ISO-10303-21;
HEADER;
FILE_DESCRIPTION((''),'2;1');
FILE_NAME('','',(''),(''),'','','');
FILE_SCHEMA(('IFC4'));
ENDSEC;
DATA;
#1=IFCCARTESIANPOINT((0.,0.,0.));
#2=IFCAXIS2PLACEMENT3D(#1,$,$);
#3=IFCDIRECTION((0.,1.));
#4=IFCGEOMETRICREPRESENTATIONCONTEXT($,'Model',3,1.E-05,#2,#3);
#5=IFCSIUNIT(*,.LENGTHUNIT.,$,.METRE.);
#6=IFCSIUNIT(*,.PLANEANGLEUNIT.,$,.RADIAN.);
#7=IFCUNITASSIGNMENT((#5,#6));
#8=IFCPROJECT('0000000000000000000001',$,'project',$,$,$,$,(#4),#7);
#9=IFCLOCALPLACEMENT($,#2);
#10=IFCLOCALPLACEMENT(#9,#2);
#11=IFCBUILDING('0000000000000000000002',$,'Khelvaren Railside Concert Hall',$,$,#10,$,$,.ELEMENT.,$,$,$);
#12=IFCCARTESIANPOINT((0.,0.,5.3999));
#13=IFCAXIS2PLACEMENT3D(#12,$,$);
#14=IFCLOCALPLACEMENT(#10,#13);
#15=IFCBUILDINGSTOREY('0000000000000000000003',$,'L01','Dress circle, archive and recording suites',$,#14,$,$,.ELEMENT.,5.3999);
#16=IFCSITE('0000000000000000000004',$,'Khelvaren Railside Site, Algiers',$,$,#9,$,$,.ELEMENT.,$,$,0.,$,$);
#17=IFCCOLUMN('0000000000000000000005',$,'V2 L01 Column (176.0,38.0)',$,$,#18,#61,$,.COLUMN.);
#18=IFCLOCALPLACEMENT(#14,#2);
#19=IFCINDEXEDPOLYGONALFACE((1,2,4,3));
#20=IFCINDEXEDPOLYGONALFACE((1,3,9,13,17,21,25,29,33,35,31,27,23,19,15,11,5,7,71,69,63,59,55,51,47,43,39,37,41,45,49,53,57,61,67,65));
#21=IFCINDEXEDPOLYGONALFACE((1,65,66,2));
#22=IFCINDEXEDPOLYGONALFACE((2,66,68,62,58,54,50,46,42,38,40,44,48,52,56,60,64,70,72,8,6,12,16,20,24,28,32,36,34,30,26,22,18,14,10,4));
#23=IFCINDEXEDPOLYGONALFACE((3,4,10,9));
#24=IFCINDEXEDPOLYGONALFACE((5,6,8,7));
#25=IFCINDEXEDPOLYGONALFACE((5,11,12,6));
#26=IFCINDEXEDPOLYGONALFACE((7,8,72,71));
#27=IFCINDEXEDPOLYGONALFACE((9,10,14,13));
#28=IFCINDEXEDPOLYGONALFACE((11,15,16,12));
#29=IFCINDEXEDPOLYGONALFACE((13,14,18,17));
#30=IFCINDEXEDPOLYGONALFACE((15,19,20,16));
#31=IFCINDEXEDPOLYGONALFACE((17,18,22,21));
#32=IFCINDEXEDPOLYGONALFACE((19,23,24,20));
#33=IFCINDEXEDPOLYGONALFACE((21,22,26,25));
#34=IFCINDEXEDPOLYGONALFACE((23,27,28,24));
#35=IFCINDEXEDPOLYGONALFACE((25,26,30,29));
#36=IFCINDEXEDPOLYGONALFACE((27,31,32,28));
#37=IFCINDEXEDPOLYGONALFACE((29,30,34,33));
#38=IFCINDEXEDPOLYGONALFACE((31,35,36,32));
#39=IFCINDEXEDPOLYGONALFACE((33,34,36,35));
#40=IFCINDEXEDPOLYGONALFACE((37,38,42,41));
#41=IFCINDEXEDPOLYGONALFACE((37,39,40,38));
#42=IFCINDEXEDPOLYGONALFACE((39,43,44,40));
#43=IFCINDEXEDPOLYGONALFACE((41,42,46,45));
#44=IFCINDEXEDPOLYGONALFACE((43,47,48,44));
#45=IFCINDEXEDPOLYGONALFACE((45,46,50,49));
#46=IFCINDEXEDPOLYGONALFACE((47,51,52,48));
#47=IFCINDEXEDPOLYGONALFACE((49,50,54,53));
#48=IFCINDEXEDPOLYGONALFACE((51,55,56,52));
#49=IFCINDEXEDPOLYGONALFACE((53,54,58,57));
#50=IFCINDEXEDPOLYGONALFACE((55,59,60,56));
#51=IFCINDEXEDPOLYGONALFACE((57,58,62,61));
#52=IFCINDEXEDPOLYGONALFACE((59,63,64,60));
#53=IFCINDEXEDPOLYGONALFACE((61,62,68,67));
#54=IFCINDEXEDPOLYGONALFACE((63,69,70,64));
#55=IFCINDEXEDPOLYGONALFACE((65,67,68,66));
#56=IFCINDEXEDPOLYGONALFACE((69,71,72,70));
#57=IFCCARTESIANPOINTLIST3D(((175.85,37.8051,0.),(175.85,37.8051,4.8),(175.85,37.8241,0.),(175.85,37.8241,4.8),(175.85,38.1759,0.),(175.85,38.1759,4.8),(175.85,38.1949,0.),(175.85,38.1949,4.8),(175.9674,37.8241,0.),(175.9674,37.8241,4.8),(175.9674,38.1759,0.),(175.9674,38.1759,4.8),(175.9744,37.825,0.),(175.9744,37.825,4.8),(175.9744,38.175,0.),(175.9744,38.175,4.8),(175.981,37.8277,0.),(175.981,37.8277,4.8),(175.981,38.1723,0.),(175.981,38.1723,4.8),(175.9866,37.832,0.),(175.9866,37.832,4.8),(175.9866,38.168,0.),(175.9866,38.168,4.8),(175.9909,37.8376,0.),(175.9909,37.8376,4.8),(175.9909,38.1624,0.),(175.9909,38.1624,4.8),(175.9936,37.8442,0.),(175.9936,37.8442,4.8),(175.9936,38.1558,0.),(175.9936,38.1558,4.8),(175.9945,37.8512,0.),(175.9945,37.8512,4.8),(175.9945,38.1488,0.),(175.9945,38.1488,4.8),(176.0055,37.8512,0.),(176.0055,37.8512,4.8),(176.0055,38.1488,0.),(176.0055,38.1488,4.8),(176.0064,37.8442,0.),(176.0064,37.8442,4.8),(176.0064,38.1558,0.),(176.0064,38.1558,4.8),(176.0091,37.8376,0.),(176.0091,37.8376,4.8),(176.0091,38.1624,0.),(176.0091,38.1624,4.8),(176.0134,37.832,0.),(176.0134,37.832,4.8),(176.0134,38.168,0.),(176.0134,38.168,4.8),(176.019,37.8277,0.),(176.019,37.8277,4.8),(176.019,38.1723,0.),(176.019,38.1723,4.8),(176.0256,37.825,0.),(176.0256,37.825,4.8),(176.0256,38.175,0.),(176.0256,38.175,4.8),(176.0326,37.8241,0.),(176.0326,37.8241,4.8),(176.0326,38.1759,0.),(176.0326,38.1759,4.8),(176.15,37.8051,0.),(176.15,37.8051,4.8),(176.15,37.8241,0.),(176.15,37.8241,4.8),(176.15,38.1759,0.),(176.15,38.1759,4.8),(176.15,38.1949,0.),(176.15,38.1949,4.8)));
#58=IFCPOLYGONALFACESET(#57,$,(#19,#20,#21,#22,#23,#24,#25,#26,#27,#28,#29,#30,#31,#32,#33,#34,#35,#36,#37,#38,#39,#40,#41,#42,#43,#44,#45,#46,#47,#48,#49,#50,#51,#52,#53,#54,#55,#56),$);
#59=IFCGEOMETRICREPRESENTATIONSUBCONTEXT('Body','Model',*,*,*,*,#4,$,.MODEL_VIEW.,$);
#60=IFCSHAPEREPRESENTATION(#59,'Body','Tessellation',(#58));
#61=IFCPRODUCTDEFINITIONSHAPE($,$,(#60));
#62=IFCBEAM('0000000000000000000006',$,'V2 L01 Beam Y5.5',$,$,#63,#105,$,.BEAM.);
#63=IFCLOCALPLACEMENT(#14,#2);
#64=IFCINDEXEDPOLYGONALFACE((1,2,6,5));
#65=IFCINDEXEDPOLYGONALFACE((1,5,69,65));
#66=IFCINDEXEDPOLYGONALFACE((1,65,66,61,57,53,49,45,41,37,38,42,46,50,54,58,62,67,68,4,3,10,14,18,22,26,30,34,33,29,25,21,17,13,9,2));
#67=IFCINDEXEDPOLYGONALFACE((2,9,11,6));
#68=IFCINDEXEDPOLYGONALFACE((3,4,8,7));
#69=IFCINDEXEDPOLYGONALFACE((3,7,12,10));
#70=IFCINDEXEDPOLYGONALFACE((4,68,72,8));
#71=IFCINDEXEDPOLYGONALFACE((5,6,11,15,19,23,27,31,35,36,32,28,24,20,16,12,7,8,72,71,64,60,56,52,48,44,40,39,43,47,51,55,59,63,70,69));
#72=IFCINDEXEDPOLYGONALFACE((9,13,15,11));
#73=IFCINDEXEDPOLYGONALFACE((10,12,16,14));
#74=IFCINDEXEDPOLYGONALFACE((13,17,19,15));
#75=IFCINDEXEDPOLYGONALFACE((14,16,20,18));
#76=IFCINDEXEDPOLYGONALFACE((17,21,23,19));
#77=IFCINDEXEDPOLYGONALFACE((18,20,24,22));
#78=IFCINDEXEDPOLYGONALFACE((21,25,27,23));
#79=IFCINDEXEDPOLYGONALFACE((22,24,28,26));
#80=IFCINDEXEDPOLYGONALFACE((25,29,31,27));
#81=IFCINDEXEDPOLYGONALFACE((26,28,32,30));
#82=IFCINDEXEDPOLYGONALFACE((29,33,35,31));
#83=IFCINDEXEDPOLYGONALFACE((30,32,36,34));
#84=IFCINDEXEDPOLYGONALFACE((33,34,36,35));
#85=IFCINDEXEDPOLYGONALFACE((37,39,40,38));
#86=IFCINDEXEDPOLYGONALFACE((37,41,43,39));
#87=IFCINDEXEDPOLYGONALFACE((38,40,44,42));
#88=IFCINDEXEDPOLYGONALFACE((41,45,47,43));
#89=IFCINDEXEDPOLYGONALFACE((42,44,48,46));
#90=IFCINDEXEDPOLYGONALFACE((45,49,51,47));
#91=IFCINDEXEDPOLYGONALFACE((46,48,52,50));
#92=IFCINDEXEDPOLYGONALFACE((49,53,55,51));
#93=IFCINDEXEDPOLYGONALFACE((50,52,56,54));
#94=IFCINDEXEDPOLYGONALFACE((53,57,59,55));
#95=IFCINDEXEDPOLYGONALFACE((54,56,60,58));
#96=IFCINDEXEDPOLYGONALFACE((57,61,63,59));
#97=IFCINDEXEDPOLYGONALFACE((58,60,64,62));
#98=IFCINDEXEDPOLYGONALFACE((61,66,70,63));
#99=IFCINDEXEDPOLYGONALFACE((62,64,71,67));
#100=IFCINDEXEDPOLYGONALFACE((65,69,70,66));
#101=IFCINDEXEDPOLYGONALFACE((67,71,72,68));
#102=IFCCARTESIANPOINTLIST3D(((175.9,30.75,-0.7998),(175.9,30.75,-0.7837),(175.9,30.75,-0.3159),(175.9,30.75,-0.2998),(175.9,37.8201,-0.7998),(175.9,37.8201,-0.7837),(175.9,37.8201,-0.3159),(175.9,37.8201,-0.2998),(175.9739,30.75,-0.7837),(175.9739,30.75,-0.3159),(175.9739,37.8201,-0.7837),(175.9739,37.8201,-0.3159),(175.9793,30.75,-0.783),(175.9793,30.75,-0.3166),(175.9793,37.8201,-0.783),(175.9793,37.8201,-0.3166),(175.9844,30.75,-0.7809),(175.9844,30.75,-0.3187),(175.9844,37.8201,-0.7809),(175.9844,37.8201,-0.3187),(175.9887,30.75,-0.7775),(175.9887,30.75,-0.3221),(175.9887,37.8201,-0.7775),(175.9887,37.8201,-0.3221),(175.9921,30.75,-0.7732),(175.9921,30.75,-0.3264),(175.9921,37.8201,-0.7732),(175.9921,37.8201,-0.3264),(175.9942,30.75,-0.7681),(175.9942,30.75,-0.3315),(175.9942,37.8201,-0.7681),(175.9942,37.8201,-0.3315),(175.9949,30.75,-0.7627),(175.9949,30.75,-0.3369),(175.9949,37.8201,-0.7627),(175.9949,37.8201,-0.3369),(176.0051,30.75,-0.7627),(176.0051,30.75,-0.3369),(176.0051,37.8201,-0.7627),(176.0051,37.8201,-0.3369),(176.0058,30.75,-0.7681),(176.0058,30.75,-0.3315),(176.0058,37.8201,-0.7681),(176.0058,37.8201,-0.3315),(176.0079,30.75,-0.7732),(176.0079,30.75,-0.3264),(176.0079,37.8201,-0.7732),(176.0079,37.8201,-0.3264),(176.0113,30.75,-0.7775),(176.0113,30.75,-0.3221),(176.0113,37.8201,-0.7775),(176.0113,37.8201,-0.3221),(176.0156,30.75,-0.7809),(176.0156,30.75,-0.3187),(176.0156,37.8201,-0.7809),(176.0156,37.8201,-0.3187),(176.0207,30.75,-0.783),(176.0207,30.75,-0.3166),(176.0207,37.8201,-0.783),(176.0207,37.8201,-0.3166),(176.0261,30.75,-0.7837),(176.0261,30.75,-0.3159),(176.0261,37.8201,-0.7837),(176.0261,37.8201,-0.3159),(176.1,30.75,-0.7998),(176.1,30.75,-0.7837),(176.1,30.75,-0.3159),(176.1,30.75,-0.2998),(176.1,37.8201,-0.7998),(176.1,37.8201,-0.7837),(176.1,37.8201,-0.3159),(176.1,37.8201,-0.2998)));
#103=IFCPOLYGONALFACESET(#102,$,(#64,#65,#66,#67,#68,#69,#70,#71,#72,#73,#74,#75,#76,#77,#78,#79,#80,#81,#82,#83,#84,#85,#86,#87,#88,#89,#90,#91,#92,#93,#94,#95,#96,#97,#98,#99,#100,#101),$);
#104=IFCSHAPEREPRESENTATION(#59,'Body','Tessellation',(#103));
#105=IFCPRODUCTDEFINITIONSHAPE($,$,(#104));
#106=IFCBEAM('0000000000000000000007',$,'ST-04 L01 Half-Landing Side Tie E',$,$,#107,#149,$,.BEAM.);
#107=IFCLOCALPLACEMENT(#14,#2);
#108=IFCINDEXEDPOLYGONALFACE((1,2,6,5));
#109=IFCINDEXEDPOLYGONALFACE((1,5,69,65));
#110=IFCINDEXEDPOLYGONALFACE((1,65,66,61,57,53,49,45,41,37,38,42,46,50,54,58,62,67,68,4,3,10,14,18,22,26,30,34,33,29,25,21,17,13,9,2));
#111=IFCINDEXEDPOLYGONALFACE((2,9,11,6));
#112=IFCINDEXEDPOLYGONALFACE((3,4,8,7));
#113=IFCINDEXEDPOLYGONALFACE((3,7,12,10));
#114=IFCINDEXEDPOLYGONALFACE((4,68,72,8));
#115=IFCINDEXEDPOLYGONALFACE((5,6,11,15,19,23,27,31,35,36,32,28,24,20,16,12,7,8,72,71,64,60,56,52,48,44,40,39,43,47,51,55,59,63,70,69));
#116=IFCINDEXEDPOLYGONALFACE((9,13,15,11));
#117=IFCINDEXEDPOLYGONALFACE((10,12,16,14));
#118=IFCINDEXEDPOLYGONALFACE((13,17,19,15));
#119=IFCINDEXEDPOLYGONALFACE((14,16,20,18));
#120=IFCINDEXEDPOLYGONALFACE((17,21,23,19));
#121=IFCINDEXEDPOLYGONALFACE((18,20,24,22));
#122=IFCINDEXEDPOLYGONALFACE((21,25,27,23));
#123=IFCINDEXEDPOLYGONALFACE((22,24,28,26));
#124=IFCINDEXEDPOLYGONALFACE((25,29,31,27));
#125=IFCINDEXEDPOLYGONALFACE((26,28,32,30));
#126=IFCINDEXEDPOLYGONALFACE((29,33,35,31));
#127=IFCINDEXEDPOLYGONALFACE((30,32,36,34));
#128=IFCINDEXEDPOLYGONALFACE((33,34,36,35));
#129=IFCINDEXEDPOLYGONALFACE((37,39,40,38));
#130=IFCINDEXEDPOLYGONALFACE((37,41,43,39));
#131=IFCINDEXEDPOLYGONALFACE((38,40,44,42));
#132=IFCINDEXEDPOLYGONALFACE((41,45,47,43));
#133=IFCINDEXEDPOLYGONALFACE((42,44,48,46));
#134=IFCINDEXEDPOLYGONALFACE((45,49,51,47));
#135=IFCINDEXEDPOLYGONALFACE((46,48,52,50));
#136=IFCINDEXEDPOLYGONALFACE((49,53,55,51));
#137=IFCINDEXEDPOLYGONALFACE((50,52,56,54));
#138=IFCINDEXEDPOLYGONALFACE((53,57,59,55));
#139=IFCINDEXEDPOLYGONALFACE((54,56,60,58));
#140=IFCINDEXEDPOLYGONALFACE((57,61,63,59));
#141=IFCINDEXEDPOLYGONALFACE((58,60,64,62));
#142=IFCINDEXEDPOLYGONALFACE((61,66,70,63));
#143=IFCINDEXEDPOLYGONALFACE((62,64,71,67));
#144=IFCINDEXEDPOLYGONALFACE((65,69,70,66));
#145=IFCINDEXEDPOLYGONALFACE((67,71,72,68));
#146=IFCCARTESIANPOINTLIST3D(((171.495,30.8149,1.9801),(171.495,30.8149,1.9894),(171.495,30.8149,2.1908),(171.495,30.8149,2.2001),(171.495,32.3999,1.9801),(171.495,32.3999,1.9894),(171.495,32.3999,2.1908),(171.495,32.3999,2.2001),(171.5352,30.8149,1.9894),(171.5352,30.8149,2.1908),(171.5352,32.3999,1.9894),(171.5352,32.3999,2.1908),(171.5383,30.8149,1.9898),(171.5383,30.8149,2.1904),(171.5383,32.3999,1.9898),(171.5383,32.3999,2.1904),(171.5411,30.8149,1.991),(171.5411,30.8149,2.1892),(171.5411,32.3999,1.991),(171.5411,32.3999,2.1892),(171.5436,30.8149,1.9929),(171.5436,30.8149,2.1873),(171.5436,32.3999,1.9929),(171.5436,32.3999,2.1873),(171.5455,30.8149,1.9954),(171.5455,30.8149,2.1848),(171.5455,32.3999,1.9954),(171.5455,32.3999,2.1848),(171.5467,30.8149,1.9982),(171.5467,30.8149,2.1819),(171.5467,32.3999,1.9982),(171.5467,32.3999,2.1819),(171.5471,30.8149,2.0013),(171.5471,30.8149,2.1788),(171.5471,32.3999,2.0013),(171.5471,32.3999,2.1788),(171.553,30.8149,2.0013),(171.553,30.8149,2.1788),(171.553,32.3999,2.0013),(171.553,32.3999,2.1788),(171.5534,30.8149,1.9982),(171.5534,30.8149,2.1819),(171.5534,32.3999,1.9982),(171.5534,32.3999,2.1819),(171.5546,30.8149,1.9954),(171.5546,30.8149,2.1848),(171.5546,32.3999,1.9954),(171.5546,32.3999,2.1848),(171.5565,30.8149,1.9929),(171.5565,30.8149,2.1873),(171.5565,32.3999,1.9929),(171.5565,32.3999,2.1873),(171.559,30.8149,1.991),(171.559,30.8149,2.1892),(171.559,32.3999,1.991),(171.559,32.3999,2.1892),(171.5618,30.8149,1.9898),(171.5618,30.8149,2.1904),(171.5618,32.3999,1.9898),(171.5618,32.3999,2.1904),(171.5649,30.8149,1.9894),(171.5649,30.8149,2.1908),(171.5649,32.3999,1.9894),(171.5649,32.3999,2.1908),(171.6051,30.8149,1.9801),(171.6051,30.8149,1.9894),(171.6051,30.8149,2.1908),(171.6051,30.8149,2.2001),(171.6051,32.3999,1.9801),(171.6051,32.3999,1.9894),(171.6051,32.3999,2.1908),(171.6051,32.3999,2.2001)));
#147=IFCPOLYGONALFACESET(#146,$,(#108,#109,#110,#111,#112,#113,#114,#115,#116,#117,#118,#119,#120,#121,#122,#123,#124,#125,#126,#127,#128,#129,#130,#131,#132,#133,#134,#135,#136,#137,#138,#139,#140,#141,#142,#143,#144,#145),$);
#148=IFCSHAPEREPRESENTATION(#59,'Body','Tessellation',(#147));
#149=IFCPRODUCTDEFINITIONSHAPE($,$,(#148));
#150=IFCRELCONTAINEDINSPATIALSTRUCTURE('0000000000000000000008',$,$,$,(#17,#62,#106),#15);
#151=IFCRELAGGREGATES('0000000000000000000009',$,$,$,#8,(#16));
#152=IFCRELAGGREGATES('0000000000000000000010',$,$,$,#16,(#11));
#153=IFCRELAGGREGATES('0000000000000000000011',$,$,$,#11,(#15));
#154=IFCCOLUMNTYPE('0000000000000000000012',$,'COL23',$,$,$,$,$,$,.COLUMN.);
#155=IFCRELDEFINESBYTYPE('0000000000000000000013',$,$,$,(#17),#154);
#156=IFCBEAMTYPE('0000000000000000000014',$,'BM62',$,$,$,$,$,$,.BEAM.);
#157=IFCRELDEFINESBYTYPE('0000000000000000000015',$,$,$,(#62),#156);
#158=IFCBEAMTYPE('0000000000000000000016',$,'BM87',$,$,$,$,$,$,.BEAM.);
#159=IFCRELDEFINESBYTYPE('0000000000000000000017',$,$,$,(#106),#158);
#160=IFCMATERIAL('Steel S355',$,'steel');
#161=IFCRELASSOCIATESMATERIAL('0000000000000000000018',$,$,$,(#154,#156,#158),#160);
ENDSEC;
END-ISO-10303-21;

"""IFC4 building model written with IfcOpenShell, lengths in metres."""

from ifc_helpers import new_model, si_unit, direction, frame, origin, origin_2d, place, context, subcontext, project, spatial, i_section, extrude, material, material_profile, profile_set, type_object, element, save


model = new_model("IFC4")

# Units and contexts
model_context = context("Model", 3, precision=1e-05, world=origin(), true_north=direction((0.0, 1.0)))
body_context = subcontext(model_context, "Body", "Model", "MODEL_VIEW")
ifc_project = project(units=[si_unit("LENGTHUNIT", "METRE"), si_unit("PLANEANGLEUNIT", "RADIAN")], contexts=[model_context])

# Site, building, storey
site_placement = place(None, origin())
site = spatial("IfcSite", under=ifc_project, at=site_placement, Name="Khelvaren Railside Site, Algiers", CompositionType="ELEMENT", RefElevation=0.0)
building_placement = place(site_placement, origin())
building = spatial("IfcBuilding", under=site, at=building_placement, Name="Khelvaren Railside Concert Hall", CompositionType="ELEMENT")
storey_placement = place(building_placement, frame((0.0, 0.0, 5.3999)))
storey = spatial("IfcBuildingStorey", under=building, at=storey_placement, Name="L01", Description="Dress circle, archive and recording suites", CompositionType="ELEMENT", Elevation=5.3999)

# Column
ifc_material_1 = material(Name="Steel S355", Category="steel")
ifc_material_profile_1 = material_profile(ifc_material_1, i_section(OverallWidth=0.3, OverallDepth=0.3899, WebThickness=0.011, FlangeThickness=0.019, FilletRadius=0.0271, at=origin_2d()), Name="HEA 400")
ifc_profile_set_1 = profile_set([ifc_material_profile_1], Name="Steel S355")
column_type = type_object("IfcColumnType", Name="COL23", PredefinedType="COLUMN", material=ifc_profile_set_1)
column_placement = place(storey_placement, frame((176.0, 38.0, 0.0), z_axis=(0.0, 0.0, 1.0), x_axis=(1.0, 0.0, 0.0)))
element("IfcColumn", 1, at=column_placement, inside=storey, type_object=column_type, Name="V2 L01 Column (176.0,38.0)", PredefinedType="COLUMN", context=body_context, shape_type="SweptSolid", body=[
    extrude(i_section(OverallWidth=0.3, OverallDepth=0.3899, WebThickness=0.011, FlangeThickness=0.019, FilletRadius=0.0271, at=origin_2d()), origin(), (0.0, 0.0, 1.0), 4.8),
])

# Beams
ifc_material_profile_2 = material_profile(ifc_material_1, i_section(OverallWidth=0.2, OverallDepth=0.5, WebThickness=0.0103, FlangeThickness=0.0161, FilletRadius=0.021, at=origin_2d()), Name="IPE 500")
ifc_profile_set_2 = profile_set([ifc_material_profile_2], Name="Steel S355")
beam_type_1 = type_object("IfcBeamType", Name="BM62", PredefinedType="BEAM", material=ifc_profile_set_2)
beam_1_placement = place(storey_placement, frame((176.0, 30.75, -0.5498), z_axis=(0.0, 1.0, 0.0), x_axis=(-1.0, 0.0, 0.0)))
element("IfcBeam", 2, at=beam_1_placement, inside=storey, type_object=beam_type_1, Name="V2 L01 Beam Y5.5", PredefinedType="BEAM", context=body_context, shape_type="SweptSolid", body=[
    extrude(i_section(OverallWidth=0.2, OverallDepth=0.5, WebThickness=0.0103, FlangeThickness=0.0161, FilletRadius=0.021, at=origin_2d()), origin(), (0.0, 0.0, 1.0), 7.0701),
])
ifc_material_profile_3 = material_profile(ifc_material_1, i_section(OverallWidth=0.1101, OverallDepth=0.22, WebThickness=0.0059, FlangeThickness=0.0093, FilletRadius=0.012, at=origin_2d()), Name="IPE 220")
ifc_profile_set_3 = profile_set([ifc_material_profile_3], Name="Steel S355")
beam_type_2 = type_object("IfcBeamType", Name="BM87", PredefinedType="BEAM", material=ifc_profile_set_3)
beam_2_placement = place(storey_placement, frame((171.55, 30.8149, 2.0901), z_axis=(0.0, 1.0, 0.0), x_axis=(-1.0, 0.0, 0.0)))
element("IfcBeam", 3, at=beam_2_placement, inside=storey, type_object=beam_type_2, Name="ST-04 L01 Half-Landing Side Tie E", PredefinedType="BEAM", context=body_context, shape_type="SweptSolid", body=[
    extrude(i_section(OverallWidth=0.1101, OverallDepth=0.22, WebThickness=0.0059, FlangeThickness=0.0093, FilletRadius=0.012, at=origin_2d()), origin(), (0.0, 0.0, 1.0), 1.585),
])

save(model, "model.ifc")
